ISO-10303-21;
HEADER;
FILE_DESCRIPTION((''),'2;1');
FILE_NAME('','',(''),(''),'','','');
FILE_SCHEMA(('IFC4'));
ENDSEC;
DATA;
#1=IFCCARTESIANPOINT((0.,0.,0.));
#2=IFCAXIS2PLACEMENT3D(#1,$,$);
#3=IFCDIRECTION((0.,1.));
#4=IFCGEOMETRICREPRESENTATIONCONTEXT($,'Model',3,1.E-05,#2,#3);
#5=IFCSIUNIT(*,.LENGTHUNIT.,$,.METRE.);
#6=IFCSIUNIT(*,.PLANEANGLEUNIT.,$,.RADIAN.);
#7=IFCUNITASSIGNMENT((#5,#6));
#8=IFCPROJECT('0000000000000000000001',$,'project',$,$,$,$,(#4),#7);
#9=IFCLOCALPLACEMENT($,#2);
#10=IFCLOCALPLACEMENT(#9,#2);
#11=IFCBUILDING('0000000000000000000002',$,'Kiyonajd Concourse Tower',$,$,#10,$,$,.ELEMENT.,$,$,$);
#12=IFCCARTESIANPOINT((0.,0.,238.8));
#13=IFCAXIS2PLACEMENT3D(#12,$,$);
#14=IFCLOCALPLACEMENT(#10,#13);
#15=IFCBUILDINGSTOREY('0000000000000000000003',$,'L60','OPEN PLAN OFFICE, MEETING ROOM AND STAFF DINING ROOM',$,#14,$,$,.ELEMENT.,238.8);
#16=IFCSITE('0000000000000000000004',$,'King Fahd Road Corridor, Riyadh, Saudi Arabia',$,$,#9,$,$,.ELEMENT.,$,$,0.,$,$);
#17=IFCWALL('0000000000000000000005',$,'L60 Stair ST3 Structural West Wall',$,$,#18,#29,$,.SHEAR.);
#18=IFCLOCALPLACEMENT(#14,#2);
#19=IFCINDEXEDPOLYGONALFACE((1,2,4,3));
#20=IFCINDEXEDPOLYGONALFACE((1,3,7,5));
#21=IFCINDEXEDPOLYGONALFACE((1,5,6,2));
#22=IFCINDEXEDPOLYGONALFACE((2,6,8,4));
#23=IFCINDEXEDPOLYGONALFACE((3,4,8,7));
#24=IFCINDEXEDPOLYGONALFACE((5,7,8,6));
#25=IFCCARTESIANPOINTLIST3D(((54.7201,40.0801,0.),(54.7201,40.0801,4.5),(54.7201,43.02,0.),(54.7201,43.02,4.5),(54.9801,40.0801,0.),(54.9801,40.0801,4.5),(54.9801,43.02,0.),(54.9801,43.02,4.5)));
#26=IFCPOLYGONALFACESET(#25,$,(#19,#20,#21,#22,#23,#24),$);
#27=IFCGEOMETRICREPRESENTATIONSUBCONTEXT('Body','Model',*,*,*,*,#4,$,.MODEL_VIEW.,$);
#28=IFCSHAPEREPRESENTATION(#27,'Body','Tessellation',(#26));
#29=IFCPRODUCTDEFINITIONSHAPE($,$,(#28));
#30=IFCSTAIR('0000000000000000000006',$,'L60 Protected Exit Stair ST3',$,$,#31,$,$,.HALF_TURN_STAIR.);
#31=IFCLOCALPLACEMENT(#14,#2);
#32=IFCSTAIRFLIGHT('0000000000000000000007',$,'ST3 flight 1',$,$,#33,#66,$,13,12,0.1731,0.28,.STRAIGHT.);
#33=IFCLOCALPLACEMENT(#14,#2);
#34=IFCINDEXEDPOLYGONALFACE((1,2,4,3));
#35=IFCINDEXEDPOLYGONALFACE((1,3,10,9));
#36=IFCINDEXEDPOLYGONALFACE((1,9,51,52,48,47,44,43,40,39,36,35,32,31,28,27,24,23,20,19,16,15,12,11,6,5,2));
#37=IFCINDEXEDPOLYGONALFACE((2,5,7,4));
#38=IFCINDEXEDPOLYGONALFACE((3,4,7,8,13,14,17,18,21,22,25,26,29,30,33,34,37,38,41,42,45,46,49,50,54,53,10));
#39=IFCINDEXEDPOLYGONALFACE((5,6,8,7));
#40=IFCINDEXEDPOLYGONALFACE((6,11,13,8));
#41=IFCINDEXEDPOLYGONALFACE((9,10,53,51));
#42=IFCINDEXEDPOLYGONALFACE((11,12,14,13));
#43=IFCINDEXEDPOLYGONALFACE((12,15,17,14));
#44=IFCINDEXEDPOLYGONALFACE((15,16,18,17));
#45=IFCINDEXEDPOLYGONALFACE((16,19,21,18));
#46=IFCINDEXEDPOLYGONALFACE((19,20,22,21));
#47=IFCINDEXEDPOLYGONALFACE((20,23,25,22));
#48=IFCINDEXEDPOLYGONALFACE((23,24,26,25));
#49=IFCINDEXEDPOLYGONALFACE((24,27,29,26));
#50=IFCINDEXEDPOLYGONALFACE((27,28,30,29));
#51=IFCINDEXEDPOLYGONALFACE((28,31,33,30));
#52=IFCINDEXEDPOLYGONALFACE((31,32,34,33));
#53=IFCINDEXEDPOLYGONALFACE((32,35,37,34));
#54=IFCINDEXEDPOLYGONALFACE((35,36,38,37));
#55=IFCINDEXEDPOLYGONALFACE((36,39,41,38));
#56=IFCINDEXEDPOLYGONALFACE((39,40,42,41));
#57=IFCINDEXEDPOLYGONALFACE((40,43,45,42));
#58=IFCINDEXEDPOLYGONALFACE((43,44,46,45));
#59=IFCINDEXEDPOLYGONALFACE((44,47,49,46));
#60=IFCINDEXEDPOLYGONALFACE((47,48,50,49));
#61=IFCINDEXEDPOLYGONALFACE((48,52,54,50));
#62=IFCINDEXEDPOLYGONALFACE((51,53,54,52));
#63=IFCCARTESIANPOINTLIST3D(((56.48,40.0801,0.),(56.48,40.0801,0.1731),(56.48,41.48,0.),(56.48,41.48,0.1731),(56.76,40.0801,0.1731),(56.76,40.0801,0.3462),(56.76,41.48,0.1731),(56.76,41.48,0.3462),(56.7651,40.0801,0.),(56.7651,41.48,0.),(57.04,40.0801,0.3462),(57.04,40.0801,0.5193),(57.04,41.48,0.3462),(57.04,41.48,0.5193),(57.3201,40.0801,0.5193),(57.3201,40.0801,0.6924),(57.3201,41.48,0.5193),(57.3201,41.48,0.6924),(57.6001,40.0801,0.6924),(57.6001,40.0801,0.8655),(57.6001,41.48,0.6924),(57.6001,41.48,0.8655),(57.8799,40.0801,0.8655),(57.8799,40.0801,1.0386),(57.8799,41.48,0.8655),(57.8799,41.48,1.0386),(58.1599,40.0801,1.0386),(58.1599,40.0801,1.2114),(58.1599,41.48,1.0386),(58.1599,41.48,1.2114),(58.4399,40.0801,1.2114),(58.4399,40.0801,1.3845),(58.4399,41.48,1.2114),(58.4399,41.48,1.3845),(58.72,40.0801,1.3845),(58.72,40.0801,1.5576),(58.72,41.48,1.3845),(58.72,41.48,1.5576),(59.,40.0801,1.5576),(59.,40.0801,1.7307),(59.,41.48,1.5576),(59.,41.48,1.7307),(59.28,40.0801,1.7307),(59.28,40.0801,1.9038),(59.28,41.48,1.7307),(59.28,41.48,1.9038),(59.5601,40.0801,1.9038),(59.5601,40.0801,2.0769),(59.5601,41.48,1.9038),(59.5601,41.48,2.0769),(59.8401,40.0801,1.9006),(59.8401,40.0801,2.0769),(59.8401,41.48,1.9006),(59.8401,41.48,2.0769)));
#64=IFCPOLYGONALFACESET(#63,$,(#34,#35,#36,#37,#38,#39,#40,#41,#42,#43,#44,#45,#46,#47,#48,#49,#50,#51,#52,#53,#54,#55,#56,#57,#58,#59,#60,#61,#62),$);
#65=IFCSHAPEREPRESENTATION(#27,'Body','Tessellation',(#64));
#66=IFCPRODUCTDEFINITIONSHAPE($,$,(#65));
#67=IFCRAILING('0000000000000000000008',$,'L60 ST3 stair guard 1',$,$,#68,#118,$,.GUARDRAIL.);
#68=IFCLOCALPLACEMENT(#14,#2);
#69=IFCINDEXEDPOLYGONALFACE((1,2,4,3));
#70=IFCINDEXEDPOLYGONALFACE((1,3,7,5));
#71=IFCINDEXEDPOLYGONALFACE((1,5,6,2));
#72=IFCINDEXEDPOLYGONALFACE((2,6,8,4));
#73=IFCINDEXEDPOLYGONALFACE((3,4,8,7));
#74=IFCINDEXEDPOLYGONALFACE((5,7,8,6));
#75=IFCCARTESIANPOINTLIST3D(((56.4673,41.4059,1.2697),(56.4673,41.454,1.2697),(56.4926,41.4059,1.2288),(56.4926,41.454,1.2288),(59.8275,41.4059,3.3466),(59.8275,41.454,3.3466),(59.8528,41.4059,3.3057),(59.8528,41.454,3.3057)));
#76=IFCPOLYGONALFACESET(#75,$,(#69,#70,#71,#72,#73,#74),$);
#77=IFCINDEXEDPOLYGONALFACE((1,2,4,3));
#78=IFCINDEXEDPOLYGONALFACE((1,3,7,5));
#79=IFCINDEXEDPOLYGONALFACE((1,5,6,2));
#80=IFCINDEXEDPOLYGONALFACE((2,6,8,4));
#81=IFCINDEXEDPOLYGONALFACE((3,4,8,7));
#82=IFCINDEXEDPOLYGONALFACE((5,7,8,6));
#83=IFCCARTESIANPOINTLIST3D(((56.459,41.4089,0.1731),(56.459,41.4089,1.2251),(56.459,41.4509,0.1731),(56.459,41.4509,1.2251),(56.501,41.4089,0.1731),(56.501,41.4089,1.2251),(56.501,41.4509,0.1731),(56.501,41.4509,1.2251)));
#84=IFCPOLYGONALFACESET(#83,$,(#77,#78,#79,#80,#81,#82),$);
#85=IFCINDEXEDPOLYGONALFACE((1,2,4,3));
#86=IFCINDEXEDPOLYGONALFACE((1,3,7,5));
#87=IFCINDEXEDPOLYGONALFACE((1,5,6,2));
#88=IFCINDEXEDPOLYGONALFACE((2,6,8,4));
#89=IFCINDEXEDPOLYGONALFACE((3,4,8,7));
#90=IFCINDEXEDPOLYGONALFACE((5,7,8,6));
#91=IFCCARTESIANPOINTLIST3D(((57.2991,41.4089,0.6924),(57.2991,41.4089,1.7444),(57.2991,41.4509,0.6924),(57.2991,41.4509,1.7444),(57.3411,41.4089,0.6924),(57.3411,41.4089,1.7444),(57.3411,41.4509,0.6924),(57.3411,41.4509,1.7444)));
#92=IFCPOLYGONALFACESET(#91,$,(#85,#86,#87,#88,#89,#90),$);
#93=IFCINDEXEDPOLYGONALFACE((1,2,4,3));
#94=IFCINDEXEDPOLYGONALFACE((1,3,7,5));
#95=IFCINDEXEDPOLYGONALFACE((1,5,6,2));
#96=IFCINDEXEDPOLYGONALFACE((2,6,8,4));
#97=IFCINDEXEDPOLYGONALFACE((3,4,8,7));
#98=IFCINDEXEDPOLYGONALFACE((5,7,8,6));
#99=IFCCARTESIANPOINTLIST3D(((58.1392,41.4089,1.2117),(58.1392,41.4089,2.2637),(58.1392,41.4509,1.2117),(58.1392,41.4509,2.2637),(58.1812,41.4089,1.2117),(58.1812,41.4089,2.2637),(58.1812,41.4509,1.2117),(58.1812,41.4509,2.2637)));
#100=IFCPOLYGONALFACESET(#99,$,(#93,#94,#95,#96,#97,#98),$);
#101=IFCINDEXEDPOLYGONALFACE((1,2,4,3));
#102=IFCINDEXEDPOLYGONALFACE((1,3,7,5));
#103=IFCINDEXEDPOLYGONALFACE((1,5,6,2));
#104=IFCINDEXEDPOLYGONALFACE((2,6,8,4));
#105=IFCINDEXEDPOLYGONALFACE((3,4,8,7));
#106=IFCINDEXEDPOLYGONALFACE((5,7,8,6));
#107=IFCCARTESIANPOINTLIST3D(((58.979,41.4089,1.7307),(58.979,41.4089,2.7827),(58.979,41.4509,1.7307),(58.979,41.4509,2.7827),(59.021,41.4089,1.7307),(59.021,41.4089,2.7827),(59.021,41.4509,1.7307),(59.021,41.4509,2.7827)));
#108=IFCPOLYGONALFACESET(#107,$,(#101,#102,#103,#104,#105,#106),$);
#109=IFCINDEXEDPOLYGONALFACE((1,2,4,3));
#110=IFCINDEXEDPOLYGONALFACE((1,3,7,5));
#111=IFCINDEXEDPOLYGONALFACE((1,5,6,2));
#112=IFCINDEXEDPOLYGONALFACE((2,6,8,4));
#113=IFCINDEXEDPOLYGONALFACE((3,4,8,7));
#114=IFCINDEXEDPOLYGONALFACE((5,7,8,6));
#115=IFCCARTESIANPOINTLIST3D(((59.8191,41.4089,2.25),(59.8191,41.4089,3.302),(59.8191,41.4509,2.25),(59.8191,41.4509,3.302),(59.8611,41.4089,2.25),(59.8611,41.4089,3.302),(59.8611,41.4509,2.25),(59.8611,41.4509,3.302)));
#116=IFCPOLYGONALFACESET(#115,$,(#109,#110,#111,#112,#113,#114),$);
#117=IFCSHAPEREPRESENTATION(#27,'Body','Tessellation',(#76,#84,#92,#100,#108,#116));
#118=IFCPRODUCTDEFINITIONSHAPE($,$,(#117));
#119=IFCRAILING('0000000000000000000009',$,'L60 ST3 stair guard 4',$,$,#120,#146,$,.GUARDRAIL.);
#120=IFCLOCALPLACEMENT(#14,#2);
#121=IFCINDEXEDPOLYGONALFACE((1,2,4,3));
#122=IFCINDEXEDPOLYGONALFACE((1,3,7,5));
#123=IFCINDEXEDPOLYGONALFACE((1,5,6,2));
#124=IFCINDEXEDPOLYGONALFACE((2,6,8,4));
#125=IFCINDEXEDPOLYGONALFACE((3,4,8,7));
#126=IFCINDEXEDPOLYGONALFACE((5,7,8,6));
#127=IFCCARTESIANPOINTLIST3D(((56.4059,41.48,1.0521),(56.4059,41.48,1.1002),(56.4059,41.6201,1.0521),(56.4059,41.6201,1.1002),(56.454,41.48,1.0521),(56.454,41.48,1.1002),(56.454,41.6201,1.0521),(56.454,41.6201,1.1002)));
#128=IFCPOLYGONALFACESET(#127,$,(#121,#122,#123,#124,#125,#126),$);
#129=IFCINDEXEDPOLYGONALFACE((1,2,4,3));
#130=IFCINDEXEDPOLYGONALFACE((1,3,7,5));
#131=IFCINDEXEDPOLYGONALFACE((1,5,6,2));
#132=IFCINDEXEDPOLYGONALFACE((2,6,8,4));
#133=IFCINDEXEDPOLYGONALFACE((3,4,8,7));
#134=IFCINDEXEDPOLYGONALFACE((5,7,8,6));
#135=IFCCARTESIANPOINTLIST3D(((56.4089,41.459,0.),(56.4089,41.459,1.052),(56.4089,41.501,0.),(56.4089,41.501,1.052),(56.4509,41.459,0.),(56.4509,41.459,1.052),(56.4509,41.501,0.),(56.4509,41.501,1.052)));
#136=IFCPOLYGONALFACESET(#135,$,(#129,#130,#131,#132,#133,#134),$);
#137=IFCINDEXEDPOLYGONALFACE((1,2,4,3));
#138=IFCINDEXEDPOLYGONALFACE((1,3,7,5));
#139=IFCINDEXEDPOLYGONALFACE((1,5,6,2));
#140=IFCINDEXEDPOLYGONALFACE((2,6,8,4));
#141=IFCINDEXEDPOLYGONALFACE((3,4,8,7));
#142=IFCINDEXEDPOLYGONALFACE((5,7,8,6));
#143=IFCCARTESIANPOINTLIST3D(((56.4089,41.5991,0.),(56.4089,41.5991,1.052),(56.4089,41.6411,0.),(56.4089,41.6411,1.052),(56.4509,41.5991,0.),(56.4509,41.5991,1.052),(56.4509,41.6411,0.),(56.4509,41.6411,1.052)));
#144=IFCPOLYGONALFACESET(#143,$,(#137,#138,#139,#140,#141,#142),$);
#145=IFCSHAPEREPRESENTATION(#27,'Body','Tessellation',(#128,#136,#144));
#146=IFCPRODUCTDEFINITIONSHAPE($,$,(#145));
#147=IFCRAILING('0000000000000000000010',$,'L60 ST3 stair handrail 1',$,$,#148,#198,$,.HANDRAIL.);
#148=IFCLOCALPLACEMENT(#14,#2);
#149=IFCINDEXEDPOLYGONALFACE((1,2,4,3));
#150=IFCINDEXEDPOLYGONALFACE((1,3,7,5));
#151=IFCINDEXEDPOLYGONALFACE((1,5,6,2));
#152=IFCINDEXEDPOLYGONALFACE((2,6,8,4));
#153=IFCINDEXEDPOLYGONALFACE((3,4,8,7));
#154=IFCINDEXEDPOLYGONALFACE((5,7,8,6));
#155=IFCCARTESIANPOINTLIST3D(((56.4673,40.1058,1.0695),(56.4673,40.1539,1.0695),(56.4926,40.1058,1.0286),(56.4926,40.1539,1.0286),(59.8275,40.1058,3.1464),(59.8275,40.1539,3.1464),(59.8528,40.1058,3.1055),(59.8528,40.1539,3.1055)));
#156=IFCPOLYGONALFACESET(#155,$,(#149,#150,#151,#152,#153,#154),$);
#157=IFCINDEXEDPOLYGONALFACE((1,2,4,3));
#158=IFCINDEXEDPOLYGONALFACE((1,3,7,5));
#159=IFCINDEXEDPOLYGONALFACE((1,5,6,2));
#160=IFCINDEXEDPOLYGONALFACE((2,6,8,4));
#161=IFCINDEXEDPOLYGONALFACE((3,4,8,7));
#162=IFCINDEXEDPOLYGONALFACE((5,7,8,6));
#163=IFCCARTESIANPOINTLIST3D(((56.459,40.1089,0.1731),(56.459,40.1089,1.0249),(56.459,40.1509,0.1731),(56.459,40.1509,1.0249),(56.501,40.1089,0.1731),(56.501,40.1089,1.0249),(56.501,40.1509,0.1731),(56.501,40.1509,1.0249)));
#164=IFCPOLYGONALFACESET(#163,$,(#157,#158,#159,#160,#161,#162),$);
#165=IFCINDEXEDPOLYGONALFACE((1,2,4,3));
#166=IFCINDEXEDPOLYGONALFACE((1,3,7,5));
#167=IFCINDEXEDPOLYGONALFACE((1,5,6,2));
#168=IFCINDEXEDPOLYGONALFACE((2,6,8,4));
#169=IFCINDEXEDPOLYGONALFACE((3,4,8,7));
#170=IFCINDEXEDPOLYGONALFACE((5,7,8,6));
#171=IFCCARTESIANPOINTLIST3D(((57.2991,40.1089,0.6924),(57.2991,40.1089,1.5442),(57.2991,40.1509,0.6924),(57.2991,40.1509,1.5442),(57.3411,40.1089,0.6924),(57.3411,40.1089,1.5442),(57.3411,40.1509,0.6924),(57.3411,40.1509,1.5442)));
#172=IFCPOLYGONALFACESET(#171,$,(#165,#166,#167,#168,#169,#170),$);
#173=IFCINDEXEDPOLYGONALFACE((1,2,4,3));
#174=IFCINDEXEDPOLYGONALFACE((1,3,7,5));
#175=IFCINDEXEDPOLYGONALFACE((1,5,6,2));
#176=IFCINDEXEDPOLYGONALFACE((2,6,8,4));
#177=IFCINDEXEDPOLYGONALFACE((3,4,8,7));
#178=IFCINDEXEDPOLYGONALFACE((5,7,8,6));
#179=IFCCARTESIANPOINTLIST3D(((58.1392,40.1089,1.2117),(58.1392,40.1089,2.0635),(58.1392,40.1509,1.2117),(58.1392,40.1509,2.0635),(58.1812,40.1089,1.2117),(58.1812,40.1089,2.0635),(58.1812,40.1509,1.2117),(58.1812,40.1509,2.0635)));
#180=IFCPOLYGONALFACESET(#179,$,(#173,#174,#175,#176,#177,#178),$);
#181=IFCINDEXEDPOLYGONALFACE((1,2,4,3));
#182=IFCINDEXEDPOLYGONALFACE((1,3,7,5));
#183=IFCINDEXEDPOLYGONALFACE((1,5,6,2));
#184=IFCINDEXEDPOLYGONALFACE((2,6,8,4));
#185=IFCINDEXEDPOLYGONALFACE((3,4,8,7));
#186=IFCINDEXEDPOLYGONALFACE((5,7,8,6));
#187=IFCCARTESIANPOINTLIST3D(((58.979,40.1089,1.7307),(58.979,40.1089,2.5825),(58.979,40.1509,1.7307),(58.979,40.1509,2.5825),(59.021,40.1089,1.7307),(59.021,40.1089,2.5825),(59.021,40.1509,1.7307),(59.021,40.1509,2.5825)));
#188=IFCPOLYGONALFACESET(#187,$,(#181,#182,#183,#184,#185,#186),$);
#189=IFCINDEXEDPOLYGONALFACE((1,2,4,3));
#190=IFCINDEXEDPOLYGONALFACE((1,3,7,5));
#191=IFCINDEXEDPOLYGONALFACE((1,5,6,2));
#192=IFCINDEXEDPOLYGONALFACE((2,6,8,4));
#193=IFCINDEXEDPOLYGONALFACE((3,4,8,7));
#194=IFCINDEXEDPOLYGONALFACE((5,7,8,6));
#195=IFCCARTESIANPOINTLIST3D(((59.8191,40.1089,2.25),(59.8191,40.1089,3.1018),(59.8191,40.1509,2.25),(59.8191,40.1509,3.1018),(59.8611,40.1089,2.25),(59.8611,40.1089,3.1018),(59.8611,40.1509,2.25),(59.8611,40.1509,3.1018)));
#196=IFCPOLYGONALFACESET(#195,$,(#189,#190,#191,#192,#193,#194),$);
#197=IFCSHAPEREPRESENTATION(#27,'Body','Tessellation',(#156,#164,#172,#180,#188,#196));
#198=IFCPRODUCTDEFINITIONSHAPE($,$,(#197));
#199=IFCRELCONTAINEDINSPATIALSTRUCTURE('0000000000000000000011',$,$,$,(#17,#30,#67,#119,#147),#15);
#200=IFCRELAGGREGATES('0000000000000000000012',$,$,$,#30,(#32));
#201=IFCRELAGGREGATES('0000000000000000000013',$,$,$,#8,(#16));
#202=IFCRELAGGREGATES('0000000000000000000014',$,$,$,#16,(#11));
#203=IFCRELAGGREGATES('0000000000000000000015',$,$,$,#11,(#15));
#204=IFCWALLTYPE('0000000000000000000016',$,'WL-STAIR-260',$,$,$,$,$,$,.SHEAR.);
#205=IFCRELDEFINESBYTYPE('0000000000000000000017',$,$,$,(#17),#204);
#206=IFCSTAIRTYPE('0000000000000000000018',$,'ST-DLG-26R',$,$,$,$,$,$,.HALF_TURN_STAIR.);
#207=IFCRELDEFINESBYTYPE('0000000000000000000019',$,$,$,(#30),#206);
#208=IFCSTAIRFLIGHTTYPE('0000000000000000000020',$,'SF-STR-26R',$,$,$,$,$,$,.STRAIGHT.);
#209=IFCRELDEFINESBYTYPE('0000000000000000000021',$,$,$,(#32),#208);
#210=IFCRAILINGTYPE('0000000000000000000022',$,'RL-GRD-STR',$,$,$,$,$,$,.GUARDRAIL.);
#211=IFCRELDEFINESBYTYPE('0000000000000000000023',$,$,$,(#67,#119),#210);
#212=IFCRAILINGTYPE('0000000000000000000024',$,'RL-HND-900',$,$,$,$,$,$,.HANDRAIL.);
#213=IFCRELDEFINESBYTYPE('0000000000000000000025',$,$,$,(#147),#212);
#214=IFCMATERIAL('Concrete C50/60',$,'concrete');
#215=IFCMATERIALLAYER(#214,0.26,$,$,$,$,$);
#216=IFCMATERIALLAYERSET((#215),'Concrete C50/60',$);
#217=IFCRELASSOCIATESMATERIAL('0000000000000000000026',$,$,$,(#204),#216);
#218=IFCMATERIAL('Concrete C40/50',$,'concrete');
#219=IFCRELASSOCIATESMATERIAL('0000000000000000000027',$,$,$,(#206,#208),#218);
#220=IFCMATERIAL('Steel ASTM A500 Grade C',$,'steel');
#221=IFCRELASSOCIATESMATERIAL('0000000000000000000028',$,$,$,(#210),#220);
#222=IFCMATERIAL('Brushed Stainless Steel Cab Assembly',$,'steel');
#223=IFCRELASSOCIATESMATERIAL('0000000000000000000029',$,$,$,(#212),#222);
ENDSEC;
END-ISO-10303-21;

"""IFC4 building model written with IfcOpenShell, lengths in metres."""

from ifc_helpers import new_model, si_unit, direction, frame, frame_2d, origin, origin_2d, place, context, subcontext, project, spatial, polyline, rectangle, outline, extrude, material, layer, layer_set, type_object, element, aggregate, save


model = new_model("IFC4")

# Units and contexts
model_context = context("Model", 3, precision=1e-05, world=origin(), true_north=direction((0.0, 1.0)))
body_context = subcontext(model_context, "Body", "Model", "MODEL_VIEW")
ifc_project = project(units=[si_unit("LENGTHUNIT", "METRE"), si_unit("PLANEANGLEUNIT", "RADIAN")], contexts=[model_context])

# Site, building, storey
site_placement = place(None, origin())
site = spatial("IfcSite", under=ifc_project, at=site_placement, Name="King Fahd Road Corridor, Riyadh, Saudi Arabia", CompositionType="ELEMENT", RefElevation=0.0)
building_placement = place(site_placement, origin())
building = spatial("IfcBuilding", under=site, at=building_placement, Name="Kiyonajd Concourse Tower", CompositionType="ELEMENT")
storey_placement = place(building_placement, frame((0.0, 0.0, 238.8)))
storey = spatial("IfcBuildingStorey", under=building, at=storey_placement, Name="L60", Description="OPEN PLAN OFFICE, MEETING ROOM AND STAFF DINING ROOM", CompositionType="ELEMENT", Elevation=238.8)

# Shared definitions
ifc_material_1 = material(Name="Concrete C50/60", Category="concrete")

# Shared definitions
ifc_material_2 = material(Name="Brushed Stainless Steel Cab Assembly", Category="steel")

# Shared definitions
ifc_layer_1 = layer(ifc_material_1, 0.26)
ifc_layer_set_1 = layer_set([ifc_layer_1], Name="Concrete C50/60")
wall_type_1 = type_object("IfcWallType", Name="WL-STAIR-260", PredefinedType="SHEAR", material=ifc_layer_set_1)

# Wall
wall_1_placement = place(storey_placement, frame((54.8501, 40.0801, 0.0), z_axis=(0.0, 0.0, 1.0), x_axis=(0.0, 1.0, 0.0)))
element("IfcWall", 1, at=wall_1_placement, inside=storey, type_object=wall_type_1, Name="L60 Stair ST3 Structural West Wall", PredefinedType="SHEAR", context=body_context, shape_type="SweptSolid", body=[
    extrude(rectangle(XDim=2.9399, YDim=0.26, at=frame_2d((1.47, 0.0))), origin(), (0.0, 0.0, 1.0), 4.5),
])

# Stair, stair flight
ifc_material_3 = material(Name="Concrete C40/50", Category="concrete")
stair_type = type_object("IfcStairType", Name="ST-DLG-26R", PredefinedType="HALF_TURN_STAIR", material=ifc_material_3)
stair_placement = place(storey_placement, origin())
stair = element("IfcStair", 2, at=stair_placement, inside=storey, type_object=stair_type, Name="L60 Protected Exit Stair ST3", PredefinedType="HALF_TURN_STAIR")
stair_flight_type = type_object("IfcStairFlightType", Name="SF-STR-26R", PredefinedType="STRAIGHT", material=ifc_material_3)
stair_flight_placement = place(storey_placement, frame((56.48, 40.78, 0.0), z_axis=(0.0, 0.0, 1.0), x_axis=(1.0, 0.0, 0.0)))
stair_flight = element("IfcStairFlight", 3, at=stair_flight_placement, type_object=stair_flight_type, Name="ST3 flight 1", NumberOfRisers=13, NumberOfTreads=12, PredefinedType="STRAIGHT", RiserHeight=0.1731, TreadLength=0.28, context=body_context, shape_type="SweptSolid", body=[
    extrude(outline(polyline([(0.0, 0.0), (0.0, 0.1731), (0.28, 0.1731), (0.28, 0.3462), (0.5601, 0.3462), (0.5601, 0.5193), (0.8401, 0.5193), (0.8401, 0.6924), (1.1201, 0.6924), (1.1201, 0.8655), (1.3999, 0.8655), (1.3999, 1.0386), (1.6799, 1.0386), (1.6799, 1.2114), (1.96, 1.2114), (1.96, 1.3845), (2.24, 1.3845), (2.24, 1.5576), (2.52, 1.5576), (2.52, 1.7307), (2.8, 1.7307), (2.8, 1.9038), (3.0801, 1.9038), (3.0801, 2.0769), (3.3601, 2.0769), (3.3601, 2.25), (3.3601, 1.9006), (0.2852, 0.0), (0.0, 0.0)])), frame((0.0, 0.7, 0.0), z_axis=(0.0, -1.0, 0.0), x_axis=(1.0, 0.0, 0.0)), (0.0, 0.0, 1.0), 1.3999),
])
aggregate(stair, [stair_flight])

# Railings
ifc_material_4 = material(Name="Steel ASTM A500 Grade C", Category="steel")
railing_type_1 = type_object("IfcRailingType", Name="RL-GRD-STR", PredefinedType="GUARDRAIL", material=ifc_material_4)
railing_1_placement = place(storey_placement, frame((56.48, 41.4299, 0.1731)))
element("IfcRailing", 4, at=railing_1_placement, inside=storey, type_object=railing_type_1, Name="L60 ST3 stair guard 1", PredefinedType="GUARDRAIL", context=body_context, shape_type="SweptSolid", body=[
    extrude(rectangle(XDim=0.0481, YDim=0.0481, at=origin_2d()), frame((0.0, 0.0, 1.0762), z_axis=(0.850623, 0.0, 0.525776), x_axis=(0.0, 1.0, 0.0)), (0.0, 0.0, 1.0), 3.9502),
    extrude(rectangle(XDim=0.042, YDim=0.042, at=origin_2d()), origin(), (0.0, 0.0, 1.0), 1.052),
    extrude(rectangle(XDim=0.042, YDim=0.042, at=origin_2d()), frame((0.8401, 0.0, 0.5193)), (0.0, 0.0, 1.0), 1.052),
    extrude(rectangle(XDim=0.042, YDim=0.042, at=origin_2d()), frame((1.6802, 0.0, 1.0386)), (0.0, 0.0, 1.0), 1.052),
    extrude(rectangle(XDim=0.042, YDim=0.042, at=origin_2d()), frame((2.52, 0.0, 1.5576)), (0.0, 0.0, 1.0), 1.052),
    extrude(rectangle(XDim=0.042, YDim=0.042, at=origin_2d()), frame((3.3601, 0.0, 2.0769)), (0.0, 0.0, 1.0), 1.052),
])
railing_2_placement = place(storey_placement, frame((56.4299, 41.48, 0.0)))
element("IfcRailing", 5, at=railing_2_placement, inside=storey, type_object=railing_type_1, Name="L60 ST3 stair guard 4", PredefinedType="GUARDRAIL", context=body_context, shape_type="SweptSolid", body=[
    extrude(rectangle(XDim=0.0481, YDim=0.0481, at=origin_2d()), frame((0.0, 0.0, 1.0762), z_axis=(0.0, 1.0, 0.0), x_axis=(-1.0, 0.0, 0.0)), (0.0, 0.0, 1.0), 0.1401),
    extrude(rectangle(XDim=0.042, YDim=0.042, at=origin_2d()), origin(), (0.0, 0.0, 1.0), 1.052),
    extrude(rectangle(XDim=0.042, YDim=0.042, at=origin_2d()), frame((0.0, 0.1401, 0.0)), (0.0, 0.0, 1.0), 1.052),
])
railing_type_2 = type_object("IfcRailingType", Name="RL-HND-900", PredefinedType="HANDRAIL", material=ifc_material_2)
railing_3_placement = place(storey_placement, frame((56.48, 40.1299, 0.1731)))
element("IfcRailing", 6, at=railing_3_placement, inside=storey, type_object=railing_type_2, Name="L60 ST3 stair handrail 1", PredefinedType="HANDRAIL", context=body_context, shape_type="SweptSolid", body=[
    extrude(rectangle(XDim=0.0481, YDim=0.0481, at=origin_2d()), frame((0.0, 0.0, 0.876), z_axis=(0.850623, 0.0, 0.525776), x_axis=(0.0, 1.0, 0.0)), (0.0, 0.0, 1.0), 3.9502),
    extrude(rectangle(XDim=0.042, YDim=0.042, at=origin_2d()), origin(), (0.0, 0.0, 1.0), 0.8518),
    extrude(rectangle(XDim=0.042, YDim=0.042, at=origin_2d()), frame((0.8401, 0.0, 0.5193)), (0.0, 0.0, 1.0), 0.8518),
    extrude(rectangle(XDim=0.042, YDim=0.042, at=origin_2d()), frame((1.6802, 0.0, 1.0386)), (0.0, 0.0, 1.0), 0.8518),
    extrude(rectangle(XDim=0.042, YDim=0.042, at=origin_2d()), frame((2.52, 0.0, 1.5576)), (0.0, 0.0, 1.0), 0.8518),
    extrude(rectangle(XDim=0.042, YDim=0.042, at=origin_2d()), frame((3.3601, 0.0, 2.0769)), (0.0, 0.0, 1.0), 0.8518),
])

save(model, "model.ifc")
